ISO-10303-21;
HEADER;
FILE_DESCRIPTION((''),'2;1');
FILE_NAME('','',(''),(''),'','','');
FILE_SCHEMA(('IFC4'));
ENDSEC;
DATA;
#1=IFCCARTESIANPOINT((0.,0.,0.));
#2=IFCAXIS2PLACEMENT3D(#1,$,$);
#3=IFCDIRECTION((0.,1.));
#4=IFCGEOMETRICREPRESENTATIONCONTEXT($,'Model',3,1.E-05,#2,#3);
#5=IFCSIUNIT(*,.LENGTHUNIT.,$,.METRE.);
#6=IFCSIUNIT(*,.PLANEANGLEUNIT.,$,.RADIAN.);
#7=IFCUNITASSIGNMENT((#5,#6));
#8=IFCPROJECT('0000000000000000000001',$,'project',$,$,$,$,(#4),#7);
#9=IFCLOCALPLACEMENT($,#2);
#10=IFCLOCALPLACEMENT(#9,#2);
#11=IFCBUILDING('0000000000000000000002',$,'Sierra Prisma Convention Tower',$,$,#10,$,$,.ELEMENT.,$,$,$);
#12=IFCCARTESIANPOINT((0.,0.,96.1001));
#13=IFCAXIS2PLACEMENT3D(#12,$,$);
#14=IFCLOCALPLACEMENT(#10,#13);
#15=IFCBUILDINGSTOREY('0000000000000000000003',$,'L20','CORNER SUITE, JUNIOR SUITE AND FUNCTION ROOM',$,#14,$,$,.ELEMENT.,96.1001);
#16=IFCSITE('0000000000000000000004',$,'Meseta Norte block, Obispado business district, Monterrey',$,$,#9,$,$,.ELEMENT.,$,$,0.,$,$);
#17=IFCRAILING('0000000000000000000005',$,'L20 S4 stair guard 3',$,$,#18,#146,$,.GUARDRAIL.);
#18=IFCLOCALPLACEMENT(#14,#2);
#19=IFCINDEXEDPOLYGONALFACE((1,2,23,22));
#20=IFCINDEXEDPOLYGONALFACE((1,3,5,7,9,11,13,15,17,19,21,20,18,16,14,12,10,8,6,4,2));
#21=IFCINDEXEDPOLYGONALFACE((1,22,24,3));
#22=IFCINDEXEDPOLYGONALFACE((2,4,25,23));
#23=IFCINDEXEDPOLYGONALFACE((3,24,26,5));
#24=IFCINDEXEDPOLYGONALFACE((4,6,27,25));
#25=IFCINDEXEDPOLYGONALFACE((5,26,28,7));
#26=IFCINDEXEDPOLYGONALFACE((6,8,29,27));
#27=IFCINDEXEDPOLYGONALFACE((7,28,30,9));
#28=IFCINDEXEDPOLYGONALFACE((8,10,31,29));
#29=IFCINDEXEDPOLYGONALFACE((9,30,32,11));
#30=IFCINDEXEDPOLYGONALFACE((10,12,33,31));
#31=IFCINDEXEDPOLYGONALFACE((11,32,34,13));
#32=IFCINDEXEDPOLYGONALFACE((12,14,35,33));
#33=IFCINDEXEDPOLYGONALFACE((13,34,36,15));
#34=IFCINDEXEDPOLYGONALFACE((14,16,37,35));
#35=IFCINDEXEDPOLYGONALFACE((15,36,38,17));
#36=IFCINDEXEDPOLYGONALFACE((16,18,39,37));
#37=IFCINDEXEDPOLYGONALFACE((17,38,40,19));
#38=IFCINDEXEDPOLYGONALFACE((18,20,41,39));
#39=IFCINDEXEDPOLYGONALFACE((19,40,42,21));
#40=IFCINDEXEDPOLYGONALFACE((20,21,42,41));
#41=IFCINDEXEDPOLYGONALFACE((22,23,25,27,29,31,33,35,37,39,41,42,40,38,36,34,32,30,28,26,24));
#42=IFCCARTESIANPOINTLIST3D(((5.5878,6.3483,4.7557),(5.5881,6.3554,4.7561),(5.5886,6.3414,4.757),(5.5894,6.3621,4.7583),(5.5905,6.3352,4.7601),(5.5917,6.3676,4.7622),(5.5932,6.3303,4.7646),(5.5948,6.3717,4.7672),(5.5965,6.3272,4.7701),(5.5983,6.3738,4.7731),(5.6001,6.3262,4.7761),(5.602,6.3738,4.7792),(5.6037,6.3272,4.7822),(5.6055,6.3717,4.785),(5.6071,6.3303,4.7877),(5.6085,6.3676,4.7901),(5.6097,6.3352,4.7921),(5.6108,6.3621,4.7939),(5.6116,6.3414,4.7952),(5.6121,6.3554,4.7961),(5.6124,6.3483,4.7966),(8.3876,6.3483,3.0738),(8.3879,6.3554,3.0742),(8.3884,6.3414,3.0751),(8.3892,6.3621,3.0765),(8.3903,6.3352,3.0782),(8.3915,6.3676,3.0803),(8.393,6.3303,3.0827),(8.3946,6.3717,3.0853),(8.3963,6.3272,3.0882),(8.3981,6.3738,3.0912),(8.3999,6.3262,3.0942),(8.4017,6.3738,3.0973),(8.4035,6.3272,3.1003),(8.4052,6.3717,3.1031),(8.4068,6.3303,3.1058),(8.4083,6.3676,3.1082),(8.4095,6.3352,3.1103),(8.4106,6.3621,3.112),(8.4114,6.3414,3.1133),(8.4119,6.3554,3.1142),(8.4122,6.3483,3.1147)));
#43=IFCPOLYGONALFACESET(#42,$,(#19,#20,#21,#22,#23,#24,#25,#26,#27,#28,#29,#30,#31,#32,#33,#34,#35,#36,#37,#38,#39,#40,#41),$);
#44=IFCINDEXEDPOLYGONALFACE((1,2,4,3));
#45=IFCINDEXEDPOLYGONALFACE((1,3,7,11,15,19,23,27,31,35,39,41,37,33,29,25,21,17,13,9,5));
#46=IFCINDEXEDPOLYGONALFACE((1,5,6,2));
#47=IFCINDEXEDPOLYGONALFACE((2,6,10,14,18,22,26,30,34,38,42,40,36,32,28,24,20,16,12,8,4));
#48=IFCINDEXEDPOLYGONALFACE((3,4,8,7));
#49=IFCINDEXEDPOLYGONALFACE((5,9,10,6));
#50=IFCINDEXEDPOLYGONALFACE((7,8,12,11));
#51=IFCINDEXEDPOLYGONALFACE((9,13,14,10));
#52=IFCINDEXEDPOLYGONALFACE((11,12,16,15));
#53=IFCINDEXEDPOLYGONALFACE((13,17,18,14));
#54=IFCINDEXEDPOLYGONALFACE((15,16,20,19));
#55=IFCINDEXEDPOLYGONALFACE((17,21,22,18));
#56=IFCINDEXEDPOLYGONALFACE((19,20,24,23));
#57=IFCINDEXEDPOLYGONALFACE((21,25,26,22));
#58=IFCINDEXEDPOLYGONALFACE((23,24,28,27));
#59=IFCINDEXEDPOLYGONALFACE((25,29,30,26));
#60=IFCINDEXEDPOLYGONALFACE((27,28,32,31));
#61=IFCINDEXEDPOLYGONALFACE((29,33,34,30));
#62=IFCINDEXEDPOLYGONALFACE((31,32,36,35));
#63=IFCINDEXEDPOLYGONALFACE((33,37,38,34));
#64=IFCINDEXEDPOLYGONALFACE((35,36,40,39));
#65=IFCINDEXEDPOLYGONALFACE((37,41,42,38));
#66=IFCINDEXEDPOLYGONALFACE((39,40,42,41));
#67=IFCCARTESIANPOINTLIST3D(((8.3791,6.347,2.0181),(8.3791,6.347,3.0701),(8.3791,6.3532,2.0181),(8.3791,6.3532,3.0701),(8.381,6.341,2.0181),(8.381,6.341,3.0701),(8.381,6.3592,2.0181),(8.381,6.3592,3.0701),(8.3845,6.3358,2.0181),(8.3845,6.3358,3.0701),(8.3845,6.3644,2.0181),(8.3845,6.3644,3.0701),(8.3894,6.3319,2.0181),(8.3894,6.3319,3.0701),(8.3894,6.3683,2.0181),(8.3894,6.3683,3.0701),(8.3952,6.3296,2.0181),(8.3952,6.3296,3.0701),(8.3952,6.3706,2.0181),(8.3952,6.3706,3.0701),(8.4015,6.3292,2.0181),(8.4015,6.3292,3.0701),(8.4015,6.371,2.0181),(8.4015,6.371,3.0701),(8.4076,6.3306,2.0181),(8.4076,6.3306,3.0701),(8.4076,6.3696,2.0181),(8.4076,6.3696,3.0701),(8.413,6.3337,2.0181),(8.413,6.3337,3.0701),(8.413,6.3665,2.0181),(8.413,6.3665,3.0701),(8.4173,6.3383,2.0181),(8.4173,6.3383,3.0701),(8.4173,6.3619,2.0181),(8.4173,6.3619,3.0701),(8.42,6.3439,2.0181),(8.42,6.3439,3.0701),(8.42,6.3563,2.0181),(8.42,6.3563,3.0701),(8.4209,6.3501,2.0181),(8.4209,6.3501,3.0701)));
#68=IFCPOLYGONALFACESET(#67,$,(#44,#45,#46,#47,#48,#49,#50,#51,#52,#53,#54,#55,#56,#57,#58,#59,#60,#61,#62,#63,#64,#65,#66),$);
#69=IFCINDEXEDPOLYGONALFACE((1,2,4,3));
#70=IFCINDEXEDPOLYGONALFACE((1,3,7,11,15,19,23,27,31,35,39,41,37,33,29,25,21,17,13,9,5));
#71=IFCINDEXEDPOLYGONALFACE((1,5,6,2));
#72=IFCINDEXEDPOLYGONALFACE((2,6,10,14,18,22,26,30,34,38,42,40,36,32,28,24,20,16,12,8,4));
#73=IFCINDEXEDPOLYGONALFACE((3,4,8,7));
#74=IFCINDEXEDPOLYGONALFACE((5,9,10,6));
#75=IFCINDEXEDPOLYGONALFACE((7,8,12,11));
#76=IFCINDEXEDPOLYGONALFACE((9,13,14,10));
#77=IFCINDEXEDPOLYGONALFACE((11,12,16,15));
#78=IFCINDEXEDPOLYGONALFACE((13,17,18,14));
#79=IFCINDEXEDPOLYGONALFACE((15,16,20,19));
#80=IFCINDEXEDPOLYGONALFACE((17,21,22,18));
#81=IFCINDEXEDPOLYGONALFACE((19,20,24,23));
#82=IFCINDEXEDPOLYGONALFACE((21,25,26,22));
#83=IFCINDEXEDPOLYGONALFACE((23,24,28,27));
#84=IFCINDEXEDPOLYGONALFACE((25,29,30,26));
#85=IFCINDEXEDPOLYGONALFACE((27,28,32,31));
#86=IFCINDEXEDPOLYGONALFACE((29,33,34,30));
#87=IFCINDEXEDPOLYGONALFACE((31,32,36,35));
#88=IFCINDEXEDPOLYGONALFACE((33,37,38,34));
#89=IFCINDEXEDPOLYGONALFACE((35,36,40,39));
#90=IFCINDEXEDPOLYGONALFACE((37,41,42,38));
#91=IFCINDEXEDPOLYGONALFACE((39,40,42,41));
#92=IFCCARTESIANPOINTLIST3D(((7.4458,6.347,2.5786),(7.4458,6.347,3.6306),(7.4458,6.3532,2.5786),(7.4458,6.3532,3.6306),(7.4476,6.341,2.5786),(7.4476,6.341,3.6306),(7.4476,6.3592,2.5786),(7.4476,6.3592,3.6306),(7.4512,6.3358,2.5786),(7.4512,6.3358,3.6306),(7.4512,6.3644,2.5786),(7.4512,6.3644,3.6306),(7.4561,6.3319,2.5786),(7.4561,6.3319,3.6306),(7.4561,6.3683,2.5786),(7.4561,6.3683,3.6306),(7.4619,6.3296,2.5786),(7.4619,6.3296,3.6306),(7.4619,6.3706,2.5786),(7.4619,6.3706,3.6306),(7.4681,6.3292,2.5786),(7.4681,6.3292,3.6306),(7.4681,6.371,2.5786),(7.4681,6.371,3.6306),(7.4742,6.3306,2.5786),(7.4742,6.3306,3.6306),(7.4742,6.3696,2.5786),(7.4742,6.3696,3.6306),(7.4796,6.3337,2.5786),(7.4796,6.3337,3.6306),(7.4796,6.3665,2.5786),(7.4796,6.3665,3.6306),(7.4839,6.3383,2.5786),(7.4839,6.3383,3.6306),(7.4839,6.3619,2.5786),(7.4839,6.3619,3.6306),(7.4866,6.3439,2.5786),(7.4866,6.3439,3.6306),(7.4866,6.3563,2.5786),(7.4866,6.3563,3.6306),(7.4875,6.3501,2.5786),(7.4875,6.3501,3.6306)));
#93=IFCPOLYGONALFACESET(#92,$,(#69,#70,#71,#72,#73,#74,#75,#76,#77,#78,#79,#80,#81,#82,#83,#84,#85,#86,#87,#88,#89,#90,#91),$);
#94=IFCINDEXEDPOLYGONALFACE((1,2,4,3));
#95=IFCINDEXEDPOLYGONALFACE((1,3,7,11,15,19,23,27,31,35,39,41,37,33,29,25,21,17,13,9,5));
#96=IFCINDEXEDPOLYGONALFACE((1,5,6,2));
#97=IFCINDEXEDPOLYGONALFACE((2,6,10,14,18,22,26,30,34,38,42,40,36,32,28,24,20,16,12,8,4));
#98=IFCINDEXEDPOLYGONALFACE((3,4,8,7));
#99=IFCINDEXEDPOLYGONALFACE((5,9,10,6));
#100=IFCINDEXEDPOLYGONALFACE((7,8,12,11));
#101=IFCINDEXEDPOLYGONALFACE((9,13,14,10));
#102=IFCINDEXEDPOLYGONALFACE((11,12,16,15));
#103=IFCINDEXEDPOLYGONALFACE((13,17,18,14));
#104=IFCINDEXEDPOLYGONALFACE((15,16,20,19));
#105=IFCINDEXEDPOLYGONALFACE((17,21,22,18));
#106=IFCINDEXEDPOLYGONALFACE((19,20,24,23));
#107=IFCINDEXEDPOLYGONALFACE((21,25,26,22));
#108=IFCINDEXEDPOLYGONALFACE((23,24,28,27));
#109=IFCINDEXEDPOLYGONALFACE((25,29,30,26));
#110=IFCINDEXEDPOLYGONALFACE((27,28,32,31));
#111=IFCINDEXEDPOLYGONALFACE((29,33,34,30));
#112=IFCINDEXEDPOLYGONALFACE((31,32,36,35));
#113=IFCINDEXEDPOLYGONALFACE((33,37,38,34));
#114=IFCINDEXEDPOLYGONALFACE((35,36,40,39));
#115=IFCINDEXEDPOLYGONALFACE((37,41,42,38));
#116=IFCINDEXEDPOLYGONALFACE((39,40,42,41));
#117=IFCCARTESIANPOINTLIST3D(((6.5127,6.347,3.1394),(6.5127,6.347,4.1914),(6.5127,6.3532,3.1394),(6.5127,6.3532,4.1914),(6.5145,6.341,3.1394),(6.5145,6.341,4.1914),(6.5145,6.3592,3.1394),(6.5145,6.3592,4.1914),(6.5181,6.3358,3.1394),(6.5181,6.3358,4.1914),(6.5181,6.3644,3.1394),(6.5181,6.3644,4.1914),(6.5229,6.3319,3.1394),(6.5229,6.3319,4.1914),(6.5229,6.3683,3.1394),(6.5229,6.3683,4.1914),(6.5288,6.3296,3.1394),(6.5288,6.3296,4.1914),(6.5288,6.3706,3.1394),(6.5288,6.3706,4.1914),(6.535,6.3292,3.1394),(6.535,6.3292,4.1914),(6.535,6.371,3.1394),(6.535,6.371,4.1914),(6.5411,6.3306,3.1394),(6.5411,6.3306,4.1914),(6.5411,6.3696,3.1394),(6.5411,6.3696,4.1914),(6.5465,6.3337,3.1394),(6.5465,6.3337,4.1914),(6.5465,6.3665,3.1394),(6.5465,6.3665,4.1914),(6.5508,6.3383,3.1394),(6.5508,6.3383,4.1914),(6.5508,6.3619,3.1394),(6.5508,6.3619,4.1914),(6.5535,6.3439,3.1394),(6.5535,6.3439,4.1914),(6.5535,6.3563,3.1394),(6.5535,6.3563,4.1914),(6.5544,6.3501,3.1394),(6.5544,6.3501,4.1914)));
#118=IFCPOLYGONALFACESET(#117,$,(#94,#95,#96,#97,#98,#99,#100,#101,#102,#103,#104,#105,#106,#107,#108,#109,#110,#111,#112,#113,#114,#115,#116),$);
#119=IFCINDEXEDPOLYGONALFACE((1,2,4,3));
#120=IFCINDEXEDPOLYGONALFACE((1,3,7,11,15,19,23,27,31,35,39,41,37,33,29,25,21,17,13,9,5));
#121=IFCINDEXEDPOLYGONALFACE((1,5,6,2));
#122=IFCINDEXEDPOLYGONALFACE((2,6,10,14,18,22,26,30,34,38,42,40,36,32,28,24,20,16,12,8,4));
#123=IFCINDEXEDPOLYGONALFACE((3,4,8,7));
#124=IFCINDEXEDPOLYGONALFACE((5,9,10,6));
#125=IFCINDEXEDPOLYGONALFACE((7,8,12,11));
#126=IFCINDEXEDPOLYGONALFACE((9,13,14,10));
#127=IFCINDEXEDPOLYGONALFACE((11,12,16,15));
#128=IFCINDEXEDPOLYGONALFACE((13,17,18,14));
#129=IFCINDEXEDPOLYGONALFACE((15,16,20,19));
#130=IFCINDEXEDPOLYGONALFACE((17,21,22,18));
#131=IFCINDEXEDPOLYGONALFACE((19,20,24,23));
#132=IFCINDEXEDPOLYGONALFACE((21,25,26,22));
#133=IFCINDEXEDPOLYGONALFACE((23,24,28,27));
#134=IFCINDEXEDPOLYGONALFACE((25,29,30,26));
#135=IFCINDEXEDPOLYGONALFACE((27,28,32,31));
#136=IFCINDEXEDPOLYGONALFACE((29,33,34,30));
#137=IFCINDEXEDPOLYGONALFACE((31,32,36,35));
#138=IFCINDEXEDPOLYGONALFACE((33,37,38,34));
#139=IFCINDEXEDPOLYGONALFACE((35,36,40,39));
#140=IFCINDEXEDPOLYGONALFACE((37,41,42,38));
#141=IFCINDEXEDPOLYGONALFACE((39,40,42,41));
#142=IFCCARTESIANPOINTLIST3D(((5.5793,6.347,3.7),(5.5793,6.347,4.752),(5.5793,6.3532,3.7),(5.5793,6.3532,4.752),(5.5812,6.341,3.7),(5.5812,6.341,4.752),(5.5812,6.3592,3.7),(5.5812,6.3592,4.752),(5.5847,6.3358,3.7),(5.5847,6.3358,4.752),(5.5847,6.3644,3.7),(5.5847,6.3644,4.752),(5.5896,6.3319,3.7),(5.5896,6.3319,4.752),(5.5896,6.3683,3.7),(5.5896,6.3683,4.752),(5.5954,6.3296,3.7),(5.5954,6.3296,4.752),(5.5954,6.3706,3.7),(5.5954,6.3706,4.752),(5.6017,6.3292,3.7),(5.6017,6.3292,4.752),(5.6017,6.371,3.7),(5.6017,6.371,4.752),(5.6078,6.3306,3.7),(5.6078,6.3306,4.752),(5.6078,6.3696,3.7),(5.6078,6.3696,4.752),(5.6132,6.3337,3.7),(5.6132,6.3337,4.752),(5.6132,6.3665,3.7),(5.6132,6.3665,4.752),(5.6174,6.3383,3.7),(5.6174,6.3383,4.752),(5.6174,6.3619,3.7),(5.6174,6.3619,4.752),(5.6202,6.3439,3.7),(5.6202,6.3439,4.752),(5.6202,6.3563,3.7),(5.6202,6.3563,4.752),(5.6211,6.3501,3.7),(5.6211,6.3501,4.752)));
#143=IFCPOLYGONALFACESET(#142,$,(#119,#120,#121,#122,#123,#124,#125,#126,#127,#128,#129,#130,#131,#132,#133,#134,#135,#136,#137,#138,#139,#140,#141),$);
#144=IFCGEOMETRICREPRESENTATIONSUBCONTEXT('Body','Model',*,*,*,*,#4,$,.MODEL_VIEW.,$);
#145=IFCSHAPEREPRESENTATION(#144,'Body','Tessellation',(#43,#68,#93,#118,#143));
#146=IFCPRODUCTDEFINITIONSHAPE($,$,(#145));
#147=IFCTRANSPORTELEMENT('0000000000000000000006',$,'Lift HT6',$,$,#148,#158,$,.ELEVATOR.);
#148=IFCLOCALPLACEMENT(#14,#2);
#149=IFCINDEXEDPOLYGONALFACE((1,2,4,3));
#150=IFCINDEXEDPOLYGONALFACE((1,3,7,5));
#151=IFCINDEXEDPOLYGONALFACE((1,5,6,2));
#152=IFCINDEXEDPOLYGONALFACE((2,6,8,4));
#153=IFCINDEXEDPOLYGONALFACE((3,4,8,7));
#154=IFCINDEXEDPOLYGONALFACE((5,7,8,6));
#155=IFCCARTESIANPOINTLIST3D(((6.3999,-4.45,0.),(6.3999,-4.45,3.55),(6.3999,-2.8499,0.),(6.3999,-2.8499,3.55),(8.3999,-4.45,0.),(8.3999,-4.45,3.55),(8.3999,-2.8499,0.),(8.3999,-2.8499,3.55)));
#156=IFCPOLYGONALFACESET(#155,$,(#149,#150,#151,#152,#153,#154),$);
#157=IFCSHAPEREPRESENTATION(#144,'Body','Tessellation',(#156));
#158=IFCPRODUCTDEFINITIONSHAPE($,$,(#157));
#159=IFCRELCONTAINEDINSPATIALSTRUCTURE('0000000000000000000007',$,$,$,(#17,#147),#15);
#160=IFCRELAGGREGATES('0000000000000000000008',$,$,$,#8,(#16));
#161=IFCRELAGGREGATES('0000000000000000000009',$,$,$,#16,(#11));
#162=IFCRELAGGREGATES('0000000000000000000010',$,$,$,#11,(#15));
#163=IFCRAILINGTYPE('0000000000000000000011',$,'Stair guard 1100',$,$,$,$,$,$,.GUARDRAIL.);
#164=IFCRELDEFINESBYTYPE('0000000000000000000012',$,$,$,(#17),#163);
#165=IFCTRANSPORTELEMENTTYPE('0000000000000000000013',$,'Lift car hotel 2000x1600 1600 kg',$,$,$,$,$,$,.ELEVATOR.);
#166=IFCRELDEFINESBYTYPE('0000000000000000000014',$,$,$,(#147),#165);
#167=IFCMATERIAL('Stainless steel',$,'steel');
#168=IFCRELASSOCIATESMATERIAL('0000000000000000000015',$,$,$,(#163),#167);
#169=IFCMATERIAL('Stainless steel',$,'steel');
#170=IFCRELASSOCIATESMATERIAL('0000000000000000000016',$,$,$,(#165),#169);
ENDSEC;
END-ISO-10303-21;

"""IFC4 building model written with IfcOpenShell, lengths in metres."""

from ifc_helpers import new_model, si_unit, direction, frame, origin, origin_2d, place, context, subcontext, project, spatial, rectangle, circle, extrude, material, type_object, element, save


model = new_model("IFC4")

# Units and contexts
model_context = context("Model", 3, precision=1e-05, world=origin(), true_north=direction((0.0, 1.0)))
body_context = subcontext(model_context, "Body", "Model", "MODEL_VIEW")
ifc_project = project(units=[si_unit("LENGTHUNIT", "METRE"), si_unit("PLANEANGLEUNIT", "RADIAN")], contexts=[model_context])

# Site, building, storey
site_placement = place(None, origin())
site = spatial("IfcSite", under=ifc_project, at=site_placement, Name="Meseta Norte block, Obispado business district, Monterrey", CompositionType="ELEMENT", RefElevation=0.0)
building_placement = place(site_placement, origin())
building = spatial("IfcBuilding", under=site, at=building_placement, Name="Sierra Prisma Convention Tower", CompositionType="ELEMENT")
storey_placement = place(building_placement, frame((0.0, 0.0, 96.1001)))
storey = spatial("IfcBuildingStorey", under=building, at=storey_placement, Name="L20", Description="CORNER SUITE, JUNIOR SUITE AND FUNCTION ROOM", CompositionType="ELEMENT", Elevation=96.1001)

# Railing
ifc_material_1 = material(Name="Stainless steel", Category="steel")
railing_type = type_object("IfcRailingType", Name="Stair guard 1100", PredefinedType="GUARDRAIL", material=ifc_material_1)
railing_1_placement = place(storey_placement, frame((8.3999, 6.3501, 2.0181)))
element("IfcRailing", 1, at=railing_1_placement, inside=storey, type_object=railing_type, Name="L20 S4 stair guard 3", PredefinedType="GUARDRAIL", context=body_context, shape_type="SweptSolid", body=[
    extrude(circle(Radius=0.0239, at=origin_2d()), frame((0.0, 0.0, 1.0762), z_axis=(-0.857222, 0.0, 0.514946), x_axis=(0.0, -1.0, 0.0)), (0.0, 0.0, 1.0), 3.2661),
    extrude(circle(Radius=0.021, at=origin_2d()), origin(), (0.0, 0.0, 1.0), 1.052),
    extrude(circle(Radius=0.021, at=origin_2d()), frame((-0.9333, 0.0, 0.5605)), (0.0, 0.0, 1.0), 1.052),
    extrude(circle(Radius=0.021, at=origin_2d()), frame((-1.8665, 0.0, 1.1213)), (0.0, 0.0, 1.0), 1.052),
    extrude(circle(Radius=0.021, at=origin_2d()), frame((-2.7998, 0.0, 1.6819)), (0.0, 0.0, 1.0), 1.052),
])

# Transport element
ifc_material_2 = material(Name="Stainless steel", Category="steel")
transport_element_type = type_object("IfcTransportElementType", Name="Lift car hotel 2000x1600 1600 kg", PredefinedType="ELEVATOR", material=ifc_material_2)
transport_element_placement = place(storey_placement, frame((7.3999, -3.6499, 0.0), z_axis=(0.0, 0.0, 1.0), x_axis=(1.0, 0.0, 0.0)))
element("IfcTransportElement", 2, at=transport_element_placement, inside=storey, type_object=transport_element_type, Name="Lift HT6", PredefinedType="ELEVATOR", context=body_context, shape_type="SweptSolid", body=[
    extrude(rectangle(XDim=2.0, YDim=1.6001, at=origin_2d()), origin(), (0.0, 0.0, 1.0), 3.55),
])

save(model, "model.ifc")
